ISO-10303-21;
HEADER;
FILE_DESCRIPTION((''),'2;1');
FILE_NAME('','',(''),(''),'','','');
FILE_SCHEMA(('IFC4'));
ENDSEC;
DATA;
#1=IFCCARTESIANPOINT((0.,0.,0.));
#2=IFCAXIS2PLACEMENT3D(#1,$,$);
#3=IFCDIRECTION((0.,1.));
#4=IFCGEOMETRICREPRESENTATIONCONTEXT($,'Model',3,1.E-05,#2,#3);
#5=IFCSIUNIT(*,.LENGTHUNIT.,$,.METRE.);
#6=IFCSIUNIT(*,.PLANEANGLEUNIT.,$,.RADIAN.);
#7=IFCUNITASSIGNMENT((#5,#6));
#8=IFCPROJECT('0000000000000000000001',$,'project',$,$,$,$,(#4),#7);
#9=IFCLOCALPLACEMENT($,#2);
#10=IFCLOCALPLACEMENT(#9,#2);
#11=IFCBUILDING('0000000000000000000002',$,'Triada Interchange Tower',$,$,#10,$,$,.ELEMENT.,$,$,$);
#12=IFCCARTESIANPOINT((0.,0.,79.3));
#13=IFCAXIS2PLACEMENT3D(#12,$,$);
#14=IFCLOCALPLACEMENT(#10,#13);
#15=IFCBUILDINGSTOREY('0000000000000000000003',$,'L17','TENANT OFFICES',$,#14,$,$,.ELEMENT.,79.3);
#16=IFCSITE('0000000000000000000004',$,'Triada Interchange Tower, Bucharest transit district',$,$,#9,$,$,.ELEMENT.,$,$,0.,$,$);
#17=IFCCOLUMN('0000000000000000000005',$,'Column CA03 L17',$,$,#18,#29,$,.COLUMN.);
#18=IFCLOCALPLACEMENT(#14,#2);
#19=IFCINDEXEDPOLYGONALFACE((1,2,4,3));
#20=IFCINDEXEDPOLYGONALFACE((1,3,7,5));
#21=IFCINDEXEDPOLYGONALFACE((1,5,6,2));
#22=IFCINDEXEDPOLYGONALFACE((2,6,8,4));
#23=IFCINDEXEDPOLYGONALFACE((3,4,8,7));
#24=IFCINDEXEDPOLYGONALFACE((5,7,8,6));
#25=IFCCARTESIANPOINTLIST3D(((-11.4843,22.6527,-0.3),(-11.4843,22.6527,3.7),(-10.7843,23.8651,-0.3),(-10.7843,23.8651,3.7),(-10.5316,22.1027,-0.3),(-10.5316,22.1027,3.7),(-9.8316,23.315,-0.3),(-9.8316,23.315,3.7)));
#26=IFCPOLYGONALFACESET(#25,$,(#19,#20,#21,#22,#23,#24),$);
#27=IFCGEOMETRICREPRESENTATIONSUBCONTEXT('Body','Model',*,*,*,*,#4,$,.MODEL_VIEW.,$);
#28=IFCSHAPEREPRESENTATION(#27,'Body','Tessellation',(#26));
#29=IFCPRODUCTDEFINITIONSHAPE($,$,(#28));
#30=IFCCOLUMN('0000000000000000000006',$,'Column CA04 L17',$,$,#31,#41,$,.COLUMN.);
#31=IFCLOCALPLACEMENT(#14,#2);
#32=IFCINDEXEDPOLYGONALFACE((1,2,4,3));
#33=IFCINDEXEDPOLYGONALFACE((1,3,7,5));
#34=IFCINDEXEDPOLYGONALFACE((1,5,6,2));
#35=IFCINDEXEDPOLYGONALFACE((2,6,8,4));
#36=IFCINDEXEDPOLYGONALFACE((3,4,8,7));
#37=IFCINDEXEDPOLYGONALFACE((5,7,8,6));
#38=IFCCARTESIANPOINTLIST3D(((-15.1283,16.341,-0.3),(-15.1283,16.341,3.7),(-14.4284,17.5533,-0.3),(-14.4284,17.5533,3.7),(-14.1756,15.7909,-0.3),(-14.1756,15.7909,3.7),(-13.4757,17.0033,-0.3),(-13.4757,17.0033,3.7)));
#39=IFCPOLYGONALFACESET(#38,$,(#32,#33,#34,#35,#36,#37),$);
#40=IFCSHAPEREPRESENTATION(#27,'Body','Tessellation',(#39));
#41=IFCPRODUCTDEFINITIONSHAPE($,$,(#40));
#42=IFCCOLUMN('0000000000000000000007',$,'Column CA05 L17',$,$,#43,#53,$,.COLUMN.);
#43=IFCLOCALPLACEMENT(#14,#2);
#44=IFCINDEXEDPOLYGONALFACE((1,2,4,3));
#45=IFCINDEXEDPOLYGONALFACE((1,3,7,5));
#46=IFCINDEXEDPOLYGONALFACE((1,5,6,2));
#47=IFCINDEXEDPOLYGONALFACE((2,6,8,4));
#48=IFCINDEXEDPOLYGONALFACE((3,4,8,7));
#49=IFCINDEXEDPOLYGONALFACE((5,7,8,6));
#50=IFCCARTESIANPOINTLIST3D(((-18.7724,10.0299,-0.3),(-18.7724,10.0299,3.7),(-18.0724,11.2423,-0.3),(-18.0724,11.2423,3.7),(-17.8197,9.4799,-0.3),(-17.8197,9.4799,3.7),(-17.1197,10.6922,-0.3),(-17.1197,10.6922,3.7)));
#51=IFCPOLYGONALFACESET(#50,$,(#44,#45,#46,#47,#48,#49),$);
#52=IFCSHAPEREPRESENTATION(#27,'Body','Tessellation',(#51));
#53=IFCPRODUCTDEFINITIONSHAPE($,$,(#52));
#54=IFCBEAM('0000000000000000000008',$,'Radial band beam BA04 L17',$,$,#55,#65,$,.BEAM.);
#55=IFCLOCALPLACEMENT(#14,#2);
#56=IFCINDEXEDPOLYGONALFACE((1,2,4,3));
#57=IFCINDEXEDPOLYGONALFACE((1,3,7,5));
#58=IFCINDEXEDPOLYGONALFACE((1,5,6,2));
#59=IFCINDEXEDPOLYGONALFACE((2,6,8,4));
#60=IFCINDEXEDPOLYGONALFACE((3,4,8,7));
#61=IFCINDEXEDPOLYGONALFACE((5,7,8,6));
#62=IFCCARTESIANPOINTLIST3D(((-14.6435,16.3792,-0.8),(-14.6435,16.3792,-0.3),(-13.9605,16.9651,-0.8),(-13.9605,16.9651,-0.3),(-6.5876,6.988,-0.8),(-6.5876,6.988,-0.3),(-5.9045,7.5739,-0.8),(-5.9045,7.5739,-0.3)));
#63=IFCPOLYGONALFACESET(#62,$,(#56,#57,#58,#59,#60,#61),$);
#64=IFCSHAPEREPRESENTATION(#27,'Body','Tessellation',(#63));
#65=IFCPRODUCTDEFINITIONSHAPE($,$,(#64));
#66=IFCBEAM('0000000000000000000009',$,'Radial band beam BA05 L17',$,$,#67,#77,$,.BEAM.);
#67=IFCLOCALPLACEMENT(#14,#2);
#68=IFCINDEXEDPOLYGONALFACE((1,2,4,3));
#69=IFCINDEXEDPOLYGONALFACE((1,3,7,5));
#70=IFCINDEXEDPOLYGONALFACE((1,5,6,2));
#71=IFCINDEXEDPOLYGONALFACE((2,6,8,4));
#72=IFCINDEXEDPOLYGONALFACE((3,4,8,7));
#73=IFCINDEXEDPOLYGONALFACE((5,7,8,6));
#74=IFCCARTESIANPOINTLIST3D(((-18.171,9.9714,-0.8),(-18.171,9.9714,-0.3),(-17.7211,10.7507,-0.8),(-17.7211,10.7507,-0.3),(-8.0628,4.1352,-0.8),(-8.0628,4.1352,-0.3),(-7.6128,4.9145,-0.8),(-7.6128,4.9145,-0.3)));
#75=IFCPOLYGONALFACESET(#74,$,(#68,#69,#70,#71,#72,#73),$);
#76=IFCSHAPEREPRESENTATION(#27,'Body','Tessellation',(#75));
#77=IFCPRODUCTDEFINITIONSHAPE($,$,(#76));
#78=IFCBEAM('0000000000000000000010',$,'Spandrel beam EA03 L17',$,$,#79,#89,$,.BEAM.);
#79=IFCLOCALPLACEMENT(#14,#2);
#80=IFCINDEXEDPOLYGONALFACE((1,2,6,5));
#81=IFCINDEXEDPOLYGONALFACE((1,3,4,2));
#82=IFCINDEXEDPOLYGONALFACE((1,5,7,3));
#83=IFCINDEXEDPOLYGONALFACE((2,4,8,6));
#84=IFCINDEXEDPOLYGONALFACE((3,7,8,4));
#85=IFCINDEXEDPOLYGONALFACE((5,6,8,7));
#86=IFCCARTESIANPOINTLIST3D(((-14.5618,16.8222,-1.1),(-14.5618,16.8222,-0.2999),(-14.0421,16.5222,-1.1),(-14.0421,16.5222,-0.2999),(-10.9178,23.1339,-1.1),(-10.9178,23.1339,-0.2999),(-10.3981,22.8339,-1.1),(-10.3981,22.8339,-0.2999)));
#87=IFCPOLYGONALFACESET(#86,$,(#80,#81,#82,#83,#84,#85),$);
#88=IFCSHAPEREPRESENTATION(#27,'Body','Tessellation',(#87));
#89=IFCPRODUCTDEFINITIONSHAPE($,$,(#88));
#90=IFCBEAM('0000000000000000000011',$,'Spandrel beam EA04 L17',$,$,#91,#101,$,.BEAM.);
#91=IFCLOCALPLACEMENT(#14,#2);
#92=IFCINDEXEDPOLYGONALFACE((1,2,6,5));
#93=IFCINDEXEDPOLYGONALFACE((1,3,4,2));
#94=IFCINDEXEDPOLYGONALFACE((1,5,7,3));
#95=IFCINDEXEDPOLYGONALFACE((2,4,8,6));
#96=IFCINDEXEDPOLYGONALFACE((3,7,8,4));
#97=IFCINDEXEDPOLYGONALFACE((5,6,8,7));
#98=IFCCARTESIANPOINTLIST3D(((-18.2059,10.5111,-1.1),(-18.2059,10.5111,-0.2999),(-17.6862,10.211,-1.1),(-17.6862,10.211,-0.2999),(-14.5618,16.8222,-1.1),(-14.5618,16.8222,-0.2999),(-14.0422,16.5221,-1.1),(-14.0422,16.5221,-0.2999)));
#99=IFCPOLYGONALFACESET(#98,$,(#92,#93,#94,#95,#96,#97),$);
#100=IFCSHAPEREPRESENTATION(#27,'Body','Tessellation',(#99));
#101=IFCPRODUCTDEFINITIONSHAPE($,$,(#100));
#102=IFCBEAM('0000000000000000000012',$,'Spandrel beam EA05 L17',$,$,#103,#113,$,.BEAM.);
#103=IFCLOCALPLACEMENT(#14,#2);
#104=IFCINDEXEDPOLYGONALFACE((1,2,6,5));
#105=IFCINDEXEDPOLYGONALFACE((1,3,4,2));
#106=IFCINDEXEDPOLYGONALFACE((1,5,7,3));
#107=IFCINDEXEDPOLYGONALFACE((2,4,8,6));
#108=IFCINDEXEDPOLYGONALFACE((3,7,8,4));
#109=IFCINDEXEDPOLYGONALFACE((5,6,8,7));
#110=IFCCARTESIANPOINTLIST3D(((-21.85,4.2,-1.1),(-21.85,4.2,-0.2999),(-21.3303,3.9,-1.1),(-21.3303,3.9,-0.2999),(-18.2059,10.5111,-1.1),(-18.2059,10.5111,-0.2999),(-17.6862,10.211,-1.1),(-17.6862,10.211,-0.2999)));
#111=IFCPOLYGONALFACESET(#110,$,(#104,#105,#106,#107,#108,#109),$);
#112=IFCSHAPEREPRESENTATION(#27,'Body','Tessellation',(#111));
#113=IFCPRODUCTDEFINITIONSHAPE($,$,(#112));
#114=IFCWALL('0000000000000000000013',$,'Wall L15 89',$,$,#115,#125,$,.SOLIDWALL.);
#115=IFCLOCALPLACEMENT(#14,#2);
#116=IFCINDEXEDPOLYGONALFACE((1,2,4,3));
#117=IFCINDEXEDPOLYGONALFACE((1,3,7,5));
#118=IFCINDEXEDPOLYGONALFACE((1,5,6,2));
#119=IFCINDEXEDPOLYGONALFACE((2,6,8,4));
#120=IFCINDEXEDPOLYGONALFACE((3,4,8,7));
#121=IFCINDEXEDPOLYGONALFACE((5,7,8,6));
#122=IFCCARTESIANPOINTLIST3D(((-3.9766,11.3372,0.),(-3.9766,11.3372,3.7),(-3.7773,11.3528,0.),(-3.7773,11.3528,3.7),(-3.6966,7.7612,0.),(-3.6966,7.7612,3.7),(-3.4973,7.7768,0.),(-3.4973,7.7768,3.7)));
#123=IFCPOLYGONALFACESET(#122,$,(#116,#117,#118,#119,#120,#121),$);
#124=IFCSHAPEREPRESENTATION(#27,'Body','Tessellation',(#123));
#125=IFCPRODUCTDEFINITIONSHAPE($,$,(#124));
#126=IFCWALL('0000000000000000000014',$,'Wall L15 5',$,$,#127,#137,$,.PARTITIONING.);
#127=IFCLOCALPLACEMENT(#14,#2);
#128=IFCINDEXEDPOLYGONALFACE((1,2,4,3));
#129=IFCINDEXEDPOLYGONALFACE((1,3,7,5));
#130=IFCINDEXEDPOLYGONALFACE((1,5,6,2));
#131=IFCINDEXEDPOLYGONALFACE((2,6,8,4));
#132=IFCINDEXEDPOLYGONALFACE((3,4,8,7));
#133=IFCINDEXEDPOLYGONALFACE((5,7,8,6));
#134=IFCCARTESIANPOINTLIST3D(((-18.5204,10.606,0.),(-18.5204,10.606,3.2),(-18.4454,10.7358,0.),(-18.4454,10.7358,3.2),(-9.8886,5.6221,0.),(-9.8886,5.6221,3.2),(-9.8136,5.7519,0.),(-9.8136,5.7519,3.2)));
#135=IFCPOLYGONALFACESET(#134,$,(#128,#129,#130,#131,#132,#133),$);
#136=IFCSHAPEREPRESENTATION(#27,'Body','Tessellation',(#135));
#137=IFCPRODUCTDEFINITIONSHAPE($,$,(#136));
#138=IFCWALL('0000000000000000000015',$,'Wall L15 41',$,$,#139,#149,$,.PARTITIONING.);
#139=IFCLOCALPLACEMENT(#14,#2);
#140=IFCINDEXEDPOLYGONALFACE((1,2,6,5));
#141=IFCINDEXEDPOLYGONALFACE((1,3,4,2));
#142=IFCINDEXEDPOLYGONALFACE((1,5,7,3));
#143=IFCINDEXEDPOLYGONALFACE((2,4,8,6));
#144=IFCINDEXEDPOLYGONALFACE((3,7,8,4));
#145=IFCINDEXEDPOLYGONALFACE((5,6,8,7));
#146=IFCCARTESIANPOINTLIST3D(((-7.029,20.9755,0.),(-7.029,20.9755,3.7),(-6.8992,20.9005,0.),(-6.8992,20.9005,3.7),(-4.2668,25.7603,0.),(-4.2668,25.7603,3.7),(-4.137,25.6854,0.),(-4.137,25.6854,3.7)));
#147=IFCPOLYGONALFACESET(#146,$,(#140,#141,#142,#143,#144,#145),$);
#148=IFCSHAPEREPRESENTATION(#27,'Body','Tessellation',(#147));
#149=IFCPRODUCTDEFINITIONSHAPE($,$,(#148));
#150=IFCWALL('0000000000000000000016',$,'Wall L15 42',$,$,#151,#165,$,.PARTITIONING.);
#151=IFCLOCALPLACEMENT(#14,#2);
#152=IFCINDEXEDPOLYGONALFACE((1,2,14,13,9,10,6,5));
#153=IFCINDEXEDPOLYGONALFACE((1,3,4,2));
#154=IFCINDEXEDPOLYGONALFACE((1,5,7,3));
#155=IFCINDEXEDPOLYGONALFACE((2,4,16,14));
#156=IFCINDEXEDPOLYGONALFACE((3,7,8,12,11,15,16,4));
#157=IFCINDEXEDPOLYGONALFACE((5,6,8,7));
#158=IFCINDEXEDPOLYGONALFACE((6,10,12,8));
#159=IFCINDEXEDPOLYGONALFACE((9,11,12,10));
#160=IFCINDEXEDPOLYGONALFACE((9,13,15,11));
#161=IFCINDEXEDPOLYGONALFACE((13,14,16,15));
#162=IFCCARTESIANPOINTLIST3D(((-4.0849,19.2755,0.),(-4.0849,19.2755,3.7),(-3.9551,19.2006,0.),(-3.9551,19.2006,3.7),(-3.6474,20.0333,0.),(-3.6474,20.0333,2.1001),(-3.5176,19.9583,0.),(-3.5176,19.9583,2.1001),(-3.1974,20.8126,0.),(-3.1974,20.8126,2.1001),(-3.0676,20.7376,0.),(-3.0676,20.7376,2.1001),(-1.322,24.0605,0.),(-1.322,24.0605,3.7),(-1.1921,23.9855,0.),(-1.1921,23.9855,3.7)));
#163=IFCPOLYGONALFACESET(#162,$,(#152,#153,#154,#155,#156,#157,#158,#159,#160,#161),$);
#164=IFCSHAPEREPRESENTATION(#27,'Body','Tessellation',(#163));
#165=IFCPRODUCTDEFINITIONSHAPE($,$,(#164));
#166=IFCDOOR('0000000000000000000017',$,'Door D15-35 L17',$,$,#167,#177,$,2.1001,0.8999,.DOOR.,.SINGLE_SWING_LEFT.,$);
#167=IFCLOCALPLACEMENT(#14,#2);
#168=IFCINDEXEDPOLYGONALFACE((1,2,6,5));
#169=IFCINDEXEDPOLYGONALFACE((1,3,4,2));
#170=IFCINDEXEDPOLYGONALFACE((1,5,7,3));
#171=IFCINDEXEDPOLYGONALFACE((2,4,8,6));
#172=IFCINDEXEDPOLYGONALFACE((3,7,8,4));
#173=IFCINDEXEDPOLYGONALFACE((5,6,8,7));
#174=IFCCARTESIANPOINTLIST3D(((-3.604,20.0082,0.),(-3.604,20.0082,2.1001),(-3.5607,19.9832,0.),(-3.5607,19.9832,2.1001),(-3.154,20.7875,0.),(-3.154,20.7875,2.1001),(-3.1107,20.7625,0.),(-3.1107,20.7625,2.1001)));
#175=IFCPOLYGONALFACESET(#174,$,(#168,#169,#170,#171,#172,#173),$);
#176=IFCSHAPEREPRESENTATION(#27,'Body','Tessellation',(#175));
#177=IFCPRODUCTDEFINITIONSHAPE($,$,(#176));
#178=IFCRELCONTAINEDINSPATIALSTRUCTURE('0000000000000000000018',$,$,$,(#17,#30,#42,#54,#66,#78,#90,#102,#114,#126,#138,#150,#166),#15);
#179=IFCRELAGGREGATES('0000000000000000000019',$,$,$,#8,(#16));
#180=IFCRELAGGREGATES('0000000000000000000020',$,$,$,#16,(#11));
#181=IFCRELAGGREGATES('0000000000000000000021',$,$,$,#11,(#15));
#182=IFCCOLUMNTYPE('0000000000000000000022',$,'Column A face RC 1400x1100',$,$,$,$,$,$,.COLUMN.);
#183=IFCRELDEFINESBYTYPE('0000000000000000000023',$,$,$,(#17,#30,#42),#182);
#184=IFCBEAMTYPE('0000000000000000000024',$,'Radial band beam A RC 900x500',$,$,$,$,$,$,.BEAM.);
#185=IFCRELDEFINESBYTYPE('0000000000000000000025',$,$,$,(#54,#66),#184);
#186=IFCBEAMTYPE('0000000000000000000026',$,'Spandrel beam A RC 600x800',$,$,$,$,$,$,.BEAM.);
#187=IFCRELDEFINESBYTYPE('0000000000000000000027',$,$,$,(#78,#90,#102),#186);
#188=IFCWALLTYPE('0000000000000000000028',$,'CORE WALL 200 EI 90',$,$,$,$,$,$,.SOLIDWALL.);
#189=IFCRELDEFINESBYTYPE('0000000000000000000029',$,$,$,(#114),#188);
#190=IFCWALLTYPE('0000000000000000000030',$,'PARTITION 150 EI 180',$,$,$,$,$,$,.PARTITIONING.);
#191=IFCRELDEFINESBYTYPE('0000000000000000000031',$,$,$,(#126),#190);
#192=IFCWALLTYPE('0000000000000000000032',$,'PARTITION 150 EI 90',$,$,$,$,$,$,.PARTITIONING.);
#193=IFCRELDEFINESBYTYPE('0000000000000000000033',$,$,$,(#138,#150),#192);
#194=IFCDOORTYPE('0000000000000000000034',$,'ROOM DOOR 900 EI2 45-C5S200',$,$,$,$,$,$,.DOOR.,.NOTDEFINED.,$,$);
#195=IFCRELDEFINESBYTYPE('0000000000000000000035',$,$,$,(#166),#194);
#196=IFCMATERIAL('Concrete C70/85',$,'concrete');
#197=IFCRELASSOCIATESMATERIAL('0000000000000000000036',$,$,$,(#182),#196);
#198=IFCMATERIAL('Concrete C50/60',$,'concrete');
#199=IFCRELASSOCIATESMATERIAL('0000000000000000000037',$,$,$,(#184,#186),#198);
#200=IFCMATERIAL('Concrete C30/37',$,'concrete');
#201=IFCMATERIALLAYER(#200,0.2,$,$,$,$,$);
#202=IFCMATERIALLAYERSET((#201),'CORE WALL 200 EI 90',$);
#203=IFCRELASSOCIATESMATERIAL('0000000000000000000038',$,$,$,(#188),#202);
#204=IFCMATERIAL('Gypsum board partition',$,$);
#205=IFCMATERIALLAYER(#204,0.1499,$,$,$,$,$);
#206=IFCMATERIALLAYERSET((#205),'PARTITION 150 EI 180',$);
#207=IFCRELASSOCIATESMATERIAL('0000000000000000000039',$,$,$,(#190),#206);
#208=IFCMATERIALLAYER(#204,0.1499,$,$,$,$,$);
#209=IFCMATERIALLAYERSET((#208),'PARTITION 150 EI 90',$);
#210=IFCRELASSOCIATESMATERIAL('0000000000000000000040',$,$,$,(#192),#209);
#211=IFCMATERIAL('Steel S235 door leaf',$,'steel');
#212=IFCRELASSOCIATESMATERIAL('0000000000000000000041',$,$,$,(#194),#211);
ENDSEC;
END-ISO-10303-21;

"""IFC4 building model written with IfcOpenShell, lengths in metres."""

from ifc_helpers import new_model, si_unit, direction, frame, frame_2d, origin, origin_2d, place, context, subcontext, project, spatial, rectangle, extrude, material, layer, layer_set, material_profile, profile_set, type_object, element, fill, save


model = new_model("IFC4")

# Units and contexts
model_context = context("Model", 3, precision=1e-05, world=origin(), true_north=direction((0.0, 1.0)))
body_context = subcontext(model_context, "Body", "Model", "MODEL_VIEW")
ifc_project = project(units=[si_unit("LENGTHUNIT", "METRE"), si_unit("PLANEANGLEUNIT", "RADIAN")], contexts=[model_context])

# Site, building, storey
site_placement = place(None, origin())
site = spatial("IfcSite", under=ifc_project, at=site_placement, Name="Triada Interchange Tower, Bucharest transit district", CompositionType="ELEMENT", RefElevation=0.0)
building_placement = place(site_placement, origin())
building = spatial("IfcBuilding", under=site, at=building_placement, Name="Triada Interchange Tower", CompositionType="ELEMENT")
storey_placement = place(building_placement, frame((0.0, 0.0, 79.3)))
storey = spatial("IfcBuildingStorey", under=building, at=storey_placement, Name="L17", Description="TENANT OFFICES", CompositionType="ELEMENT", Elevation=79.3)

# Columns
ifc_material_1 = material(Name="Concrete C70/85", Category="concrete")
ifc_material_profile_1 = material_profile(ifc_material_1, rectangle(XDim=1.3999, YDim=1.1001, at=origin_2d()), Name="RC 1400x1100")
ifc_profile_set_1 = profile_set([ifc_material_profile_1], Name="Concrete C70/85")
column_type = type_object("IfcColumnType", Name="Column A face RC 1400x1100", PredefinedType="COLUMN", material=ifc_profile_set_1)
for number, where, z_axis, x_axis, name in (
    (1, (-10.658, 22.9839, -0.3), (0.0, 0.0, 1.0), (0.5, 0.866025, 0.0), "Column CA03 L17"),
    (2, (-14.302, 16.6721, -0.3), (0.0, 0.0, 1.0), (0.5, 0.866025, 0.0), "Column CA04 L17"),
    (3, (-17.946, 10.3611, -0.3), (0.0, 0.0, 1.0), (0.5, 0.866025, 0.0), "Column CA05 L17"),
):
    element("IfcColumn", number, at=place(storey_placement, frame(where, z_axis=z_axis, x_axis=x_axis)), inside=storey, type_object=column_type, Name=name, PredefinedType="COLUMN", context=body_context, shape_type="SweptSolid", body=[
        extrude(rectangle(XDim=1.3999, YDim=1.1001, at=origin_2d()), origin(), (0.0, 0.0, 1.0), 4.0),
    ])

# Beams
ifc_material_2 = material(Name="Concrete C50/60", Category="concrete")
ifc_material_profile_2 = material_profile(ifc_material_2, rectangle(XDim=0.8999, YDim=0.5, at=origin_2d()), Name="RC 900x500")
ifc_profile_set_2 = profile_set([ifc_material_profile_2], Name="Concrete C50/60")
beam_type_1 = type_object("IfcBeamType", Name="Radial band beam A RC 900x500", PredefinedType="BEAM", material=ifc_profile_set_2)
beam_1_placement = place(storey_placement, frame((-14.302, 16.6721, -0.55), z_axis=(0.651089, -0.759002, 0.0), x_axis=(0.759002, 0.651089, 0.0)))
element("IfcBeam", 4, at=beam_1_placement, inside=storey, type_object=beam_type_1, Name="Radial band beam BA04 L17", PredefinedType="BEAM", context=body_context, shape_type="SweptSolid", body=[
    extrude(rectangle(XDim=0.8999, YDim=0.5, at=origin_2d()), origin(), (0.0, 0.0, 1.0), 12.373),
])
beam_2_placement = place(storey_placement, frame((-17.946, 10.3611, -0.55), z_axis=(0.866017, -0.500015, 0.0), x_axis=(0.500015, 0.866017, 0.0)))
element("IfcBeam", 5, at=beam_2_placement, inside=storey, type_object=beam_type_1, Name="Radial band beam BA05 L17", PredefinedType="BEAM", context=body_context, shape_type="SweptSolid", body=[
    extrude(rectangle(XDim=0.8999, YDim=0.5, at=origin_2d()), origin(), (0.0, 0.0, 1.0), 11.6721),
])
ifc_material_profile_3 = material_profile(ifc_material_2, rectangle(XDim=0.6001, YDim=0.8, at=origin_2d()), Name="RC 600x800")
ifc_profile_set_3 = profile_set([ifc_material_profile_3], Name="Concrete C50/60")
beam_type_2 = type_object("IfcBeamType", Name="Spandrel beam A RC 600x800", PredefinedType="BEAM", material=ifc_profile_set_3)
beam_3_placement = place(storey_placement, frame((-10.658, 22.9839, -0.7), z_axis=(-0.499994, -0.866029, 0.0), x_axis=(0.866029, -0.499994, 0.0)))
element("IfcBeam", 6, at=beam_3_placement, inside=storey, type_object=beam_type_2, Name="Spandrel beam EA03 L17", PredefinedType="BEAM", context=body_context, shape_type="SweptSolid", body=[
    extrude(rectangle(XDim=0.6001, YDim=0.8, at=origin_2d()), origin(), (0.0, 0.0, 1.0), 7.2881),
])
for number, where, z_axis, x_axis, name in (
    (7, (-14.302, 16.6721, -0.7), (-0.500038, -0.866004, 0.0), (0.866004, -0.500038, 0.0), "Spandrel beam EA04 L17"),
    (8, (-17.946, 10.3611, -0.7), (-0.500038, -0.866004, 0.0), (0.866004, -0.500038, 0.0), "Spandrel beam EA05 L17"),
):
    element("IfcBeam", number, at=place(storey_placement, frame(where, z_axis=z_axis, x_axis=x_axis)), inside=storey, type_object=beam_type_2, Name=name, PredefinedType="BEAM", context=body_context, shape_type="SweptSolid", body=[
        extrude(rectangle(XDim=0.6001, YDim=0.8, at=origin_2d()), origin(), (0.0, 0.0, 1.0), 7.2876),
    ])

# Wall
ifc_material_3 = material(Name="Concrete C30/37", Category="concrete")
ifc_layer_1 = layer(ifc_material_3, 0.2)
ifc_layer_set_1 = layer_set([ifc_layer_1], Name="CORE WALL 200 EI 90")
wall_type_1 = type_object("IfcWallType", Name="CORE WALL 200 EI 90", PredefinedType="SOLIDWALL", material=ifc_layer_set_1)
wall_1_placement = place(storey_placement, frame((-3.877, 11.345, 0.0), z_axis=(0.0, 0.0, 1.0), x_axis=(0.078071, -0.996948, 0.0)))
element("IfcWall", 9, at=wall_1_placement, inside=storey, type_object=wall_type_1, Name="Wall L15 89", PredefinedType="SOLIDWALL", context=body_context, shape_type="SweptSolid", body=[
    extrude(rectangle(XDim=3.5869, YDim=0.2, at=frame_2d((1.7935, 0.0))), origin(), (0.0, 0.0, 1.0), 3.7),
])

# Shared definitions
ifc_material_4 = material(Name="Steel S235 door leaf", Category="steel")

# Walls
ifc_material_5 = material(Name="Gypsum board partition")
ifc_layer_2 = layer(ifc_material_5, 0.1499)
ifc_layer_set_2 = layer_set([ifc_layer_2], Name="PARTITION 150 EI 180")
wall_type_2 = type_object("IfcWallType", Name="PARTITION 150 EI 180", PredefinedType="PARTITIONING", material=ifc_layer_set_2)
wall_2_placement = place(storey_placement, frame((-18.4829, 10.6709, 0.0), z_axis=(0.0, 0.0, 1.0), x_axis=(0.866013, -0.500022, 0.0)))
element("IfcWall", 10, at=wall_2_placement, inside=storey, type_object=wall_type_2, Name="Wall L15 5", PredefinedType="PARTITIONING", context=body_context, shape_type="SweptSolid", body=[
    extrude(rectangle(XDim=9.9673, YDim=0.1499, at=frame_2d((4.9836, 0.0))), origin(), (0.0, 0.0, 1.0), 3.2),
])
ifc_layer_3 = layer(ifc_material_5, 0.1499)
ifc_layer_set_3 = layer_set([ifc_layer_3], Name="PARTITION 150 EI 90")
wall_type_3 = type_object("IfcWallType", Name="PARTITION 150 EI 90", PredefinedType="PARTITIONING", material=ifc_layer_set_3)
wall_3_placement = place(storey_placement, frame((-6.9641, 20.938, 0.0), z_axis=(0.0, 0.0, 1.0), x_axis=(0.499951, 0.866054, 0.0)))
element("IfcWall", 11, at=wall_3_placement, inside=storey, type_object=wall_type_3, Name="Wall L15 41", PredefinedType="PARTITIONING", context=body_context, shape_type="SweptSolid", body=[
    extrude(rectangle(XDim=5.5249, YDim=0.1499, at=frame_2d((2.7625, 0.0))), origin(), (0.0, 0.0, 1.0), 3.7),
])

# Wall, opening, door
wall_4_placement = place(storey_placement, frame((-4.02, 19.238, 0.0), z_axis=(0.0, 0.0, 1.0), x_axis=(0.50005, 0.865996, 0.0)))
wall_4 = element("IfcWall", 12, at=wall_4_placement, inside=storey, type_object=wall_type_3, Name="Wall L15 42", PredefinedType="PARTITIONING", context=body_context, shape_type="SweptSolid", body=[
    extrude(rectangle(XDim=5.5254, YDim=0.1499, at=frame_2d((2.7627, 0.0))), origin(), (0.0, 0.0, 1.0), 3.7),
])
opening_1_placement = place(wall_4_placement, frame((0.875, 0.0, 0.0)))
opening_1 = element("IfcOpeningElement", 13, at=opening_1_placement, cuts=wall_4, PredefinedType="OPENING", context=body_context, shape_type="SweptSolid", body=[
    extrude(rectangle(XDim=0.8999, YDim=2.1001, at=frame_2d((0.45, 1.05))), frame((0.0, 0.085, 0.0), z_axis=(0.0, -1.0, 0.0), x_axis=(1.0, 0.0, 0.0)), (0.0, 0.0, 1.0), 0.1699),
])
door_type_1 = type_object("IfcDoorType", Name="ROOM DOOR 900 EI2 45-C5S200", OperationType="NOTDEFINED", PredefinedType="DOOR", material=ifc_material_4)
door_1_placement = place(opening_1_placement, origin())
door_1 = element("IfcDoor", 14, at=door_1_placement, inside=storey, type_object=door_type_1, Name="Door D15-35 L17", OperationType="SINGLE_SWING_LEFT", OverallHeight=2.1001, OverallWidth=0.8999, PredefinedType="DOOR", context=body_context, shape_type="SweptSolid", body=[
    extrude(rectangle(XDim=0.8999, YDim=2.1001, at=frame_2d((0.45, 1.05))), frame((0.0, 0.0249, 0.0), z_axis=(0.0, -1.0, 0.0), x_axis=(1.0, 0.0, 0.0)), (0.0, 0.0, 1.0), 0.05),
])
fill(opening_1, door_1)

save(model, "model.ifc")
